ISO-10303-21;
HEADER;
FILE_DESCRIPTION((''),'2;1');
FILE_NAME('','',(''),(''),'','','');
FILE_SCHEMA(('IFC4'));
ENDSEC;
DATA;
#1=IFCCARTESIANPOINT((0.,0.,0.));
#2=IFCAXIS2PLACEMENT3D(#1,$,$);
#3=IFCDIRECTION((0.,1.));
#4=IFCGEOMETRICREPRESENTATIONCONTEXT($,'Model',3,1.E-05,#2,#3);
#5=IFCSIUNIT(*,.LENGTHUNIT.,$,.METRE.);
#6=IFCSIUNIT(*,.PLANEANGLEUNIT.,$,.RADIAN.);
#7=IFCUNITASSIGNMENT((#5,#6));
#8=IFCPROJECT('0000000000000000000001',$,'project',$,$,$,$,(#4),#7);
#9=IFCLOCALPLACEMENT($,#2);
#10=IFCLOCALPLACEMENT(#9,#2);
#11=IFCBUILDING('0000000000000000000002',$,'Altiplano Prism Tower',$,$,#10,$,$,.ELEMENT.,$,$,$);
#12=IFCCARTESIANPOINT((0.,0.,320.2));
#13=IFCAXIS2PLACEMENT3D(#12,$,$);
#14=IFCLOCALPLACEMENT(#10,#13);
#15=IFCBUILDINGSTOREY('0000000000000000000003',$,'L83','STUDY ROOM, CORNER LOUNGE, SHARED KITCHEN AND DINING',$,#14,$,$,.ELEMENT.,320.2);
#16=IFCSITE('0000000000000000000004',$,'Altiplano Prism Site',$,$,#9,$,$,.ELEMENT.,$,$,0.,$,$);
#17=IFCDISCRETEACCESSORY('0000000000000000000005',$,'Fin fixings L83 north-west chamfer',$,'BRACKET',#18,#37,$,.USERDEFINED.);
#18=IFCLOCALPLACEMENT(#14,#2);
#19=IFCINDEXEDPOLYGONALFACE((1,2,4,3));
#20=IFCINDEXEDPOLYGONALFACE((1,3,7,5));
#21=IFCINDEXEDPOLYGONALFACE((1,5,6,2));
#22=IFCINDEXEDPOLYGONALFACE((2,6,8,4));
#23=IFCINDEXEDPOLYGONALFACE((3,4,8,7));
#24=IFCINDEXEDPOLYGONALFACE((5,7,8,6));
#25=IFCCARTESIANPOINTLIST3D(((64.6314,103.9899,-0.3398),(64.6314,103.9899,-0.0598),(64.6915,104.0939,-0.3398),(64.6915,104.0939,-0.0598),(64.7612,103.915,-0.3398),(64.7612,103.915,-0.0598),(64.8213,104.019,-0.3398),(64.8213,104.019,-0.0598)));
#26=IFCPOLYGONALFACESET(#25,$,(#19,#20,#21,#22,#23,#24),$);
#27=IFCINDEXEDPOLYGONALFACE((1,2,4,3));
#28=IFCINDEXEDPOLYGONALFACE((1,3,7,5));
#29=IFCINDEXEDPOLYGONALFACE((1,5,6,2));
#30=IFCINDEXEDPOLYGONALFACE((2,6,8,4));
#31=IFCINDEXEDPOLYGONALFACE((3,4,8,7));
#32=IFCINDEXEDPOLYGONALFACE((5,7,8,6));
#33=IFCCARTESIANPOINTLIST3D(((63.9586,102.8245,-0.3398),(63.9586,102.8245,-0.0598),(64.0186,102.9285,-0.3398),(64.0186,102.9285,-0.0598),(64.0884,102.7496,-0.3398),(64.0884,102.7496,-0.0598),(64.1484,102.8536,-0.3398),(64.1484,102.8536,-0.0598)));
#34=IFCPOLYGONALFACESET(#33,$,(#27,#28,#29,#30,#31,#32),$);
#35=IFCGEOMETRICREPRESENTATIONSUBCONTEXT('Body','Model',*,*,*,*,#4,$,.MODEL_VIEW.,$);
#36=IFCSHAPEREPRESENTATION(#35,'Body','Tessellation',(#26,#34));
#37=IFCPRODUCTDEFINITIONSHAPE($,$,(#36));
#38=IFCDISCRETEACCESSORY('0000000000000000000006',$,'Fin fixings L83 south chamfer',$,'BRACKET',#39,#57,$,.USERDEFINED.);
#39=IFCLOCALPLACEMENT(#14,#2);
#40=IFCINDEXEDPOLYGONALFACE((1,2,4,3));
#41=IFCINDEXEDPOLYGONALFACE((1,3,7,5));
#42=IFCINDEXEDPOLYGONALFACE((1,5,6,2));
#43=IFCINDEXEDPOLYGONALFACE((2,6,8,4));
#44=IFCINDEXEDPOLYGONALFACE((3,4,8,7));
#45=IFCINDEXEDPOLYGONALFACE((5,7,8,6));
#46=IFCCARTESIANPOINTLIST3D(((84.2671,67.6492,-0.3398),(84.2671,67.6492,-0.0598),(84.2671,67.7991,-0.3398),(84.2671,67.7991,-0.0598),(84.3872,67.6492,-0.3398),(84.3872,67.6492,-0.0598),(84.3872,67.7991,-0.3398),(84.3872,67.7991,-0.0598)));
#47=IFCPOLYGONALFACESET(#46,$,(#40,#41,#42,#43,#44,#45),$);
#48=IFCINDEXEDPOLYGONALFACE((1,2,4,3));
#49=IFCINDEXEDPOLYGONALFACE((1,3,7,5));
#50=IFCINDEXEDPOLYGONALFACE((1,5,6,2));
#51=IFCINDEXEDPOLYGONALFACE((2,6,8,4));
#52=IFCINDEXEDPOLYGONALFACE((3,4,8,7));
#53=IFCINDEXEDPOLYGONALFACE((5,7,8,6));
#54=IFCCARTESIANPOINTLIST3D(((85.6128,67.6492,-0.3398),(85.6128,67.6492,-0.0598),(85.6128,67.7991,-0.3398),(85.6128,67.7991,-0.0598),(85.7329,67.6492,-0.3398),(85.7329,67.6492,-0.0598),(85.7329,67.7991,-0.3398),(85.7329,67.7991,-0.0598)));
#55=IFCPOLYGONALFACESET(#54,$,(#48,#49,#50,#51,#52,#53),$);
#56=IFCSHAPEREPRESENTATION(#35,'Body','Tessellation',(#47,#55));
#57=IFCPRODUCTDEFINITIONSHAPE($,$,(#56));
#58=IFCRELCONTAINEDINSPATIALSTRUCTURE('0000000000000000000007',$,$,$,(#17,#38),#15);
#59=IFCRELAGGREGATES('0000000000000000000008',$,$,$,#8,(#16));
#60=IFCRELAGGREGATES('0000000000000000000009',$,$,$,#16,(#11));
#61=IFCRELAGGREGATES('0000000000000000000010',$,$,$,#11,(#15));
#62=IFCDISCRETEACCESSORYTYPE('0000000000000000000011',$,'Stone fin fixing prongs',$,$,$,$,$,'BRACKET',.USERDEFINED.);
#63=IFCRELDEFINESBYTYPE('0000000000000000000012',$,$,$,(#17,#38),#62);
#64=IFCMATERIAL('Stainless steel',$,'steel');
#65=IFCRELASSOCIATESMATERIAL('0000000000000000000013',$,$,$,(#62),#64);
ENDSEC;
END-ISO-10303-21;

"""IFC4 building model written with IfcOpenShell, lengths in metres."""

from ifc_helpers import new_model, si_unit, direction, frame, origin, place, context, subcontext, project, spatial, polyline, outline, extrude, source, transform, mapped, material, type_object, element, save


model = new_model("IFC4")

# Units and contexts
model_context = context("Model", 3, precision=1e-05, world=origin(), true_north=direction((0.0, 1.0)))
body_context = subcontext(model_context, "Body", "Model", "MODEL_VIEW")
ifc_project = project(units=[si_unit("LENGTHUNIT", "METRE"), si_unit("PLANEANGLEUNIT", "RADIAN")], contexts=[model_context])

# Site, building, storey
site_placement = place(None, origin())
site = spatial("IfcSite", under=ifc_project, at=site_placement, Name="Altiplano Prism Site", CompositionType="ELEMENT", RefElevation=0.0)
building_placement = place(site_placement, origin())
building = spatial("IfcBuilding", under=site, at=building_placement, Name="Altiplano Prism Tower", CompositionType="ELEMENT")
storey_placement = place(building_placement, frame((0.0, 0.0, 320.2)))
storey = spatial("IfcBuildingStorey", under=building, at=storey_placement, Name="L83", Description="STUDY ROOM, CORNER LOUNGE, SHARED KITCHEN AND DINING", CompositionType="ELEMENT", Elevation=320.2)

# Discrete accessories
ifc_material_1 = material(Name="Stainless steel", Category="steel")
discrete_accessory_type = type_object("IfcDiscreteAccessoryType", Name="Stone fin fixing prongs", ElementType="BRACKET", PredefinedType="USERDEFINED", material=ifc_material_1)
shared_shape_1 = source(origin(), body_context, "Body", "SweptSolid", [
    extrude(outline(polyline([(-0.7329, 0.0601), (-0.6128, 0.0601), (-0.6128, 0.3401), (-0.7329, 0.3401), (-0.7329, 0.0601)])), frame((0.0, 0.0, 0.0), z_axis=(0.0, -1.0, 0.0), x_axis=(1.0, 0.0, 0.0)), (0.0, 0.0, 1.0), 0.1499),
    extrude(outline(polyline([(0.6128, 0.0601), (0.7329, 0.0601), (0.7329, 0.3401), (0.6128, 0.3401), (0.6128, 0.0601)])), frame((0.0, 0.0, 0.0), z_axis=(0.0, -1.0, 0.0), x_axis=(1.0, 0.0, 0.0)), (0.0, 0.0, 1.0), 0.1499),
])
discrete_accessory_1_placement = place(storey_placement, origin())
element("IfcDiscreteAccessory", 1, at=discrete_accessory_1_placement, inside=storey, type_object=discrete_accessory_type, Name="Fin fixings L83 north-west chamfer", ObjectType="BRACKET", PredefinedType="USERDEFINED", context=body_context, shape_type="MappedRepresentation", body=[
    mapped(shared_shape_1, transform((64.4548, 103.3843, -0.3999), x_axis=(-0.5, -0.866025, 0.0), y_axis=(0.866025, -0.5, 0.0), z_axis=(0.0, 0.0, 1.0))),
])
discrete_accessory_2_placement = place(storey_placement, origin())
element("IfcDiscreteAccessory", 2, at=discrete_accessory_2_placement, inside=storey, type_object=discrete_accessory_type, Name="Fin fixings L83 south chamfer", ObjectType="BRACKET", PredefinedType="USERDEFINED", context=body_context, shape_type="MappedRepresentation", body=[
    mapped(shared_shape_1, transform((85.0, 67.7991, -0.3999), x_axis=(1.0, 0.0, 0.0), y_axis=(0.0, 1.0, 0.0), z_axis=(0.0, 0.0, 1.0))),
])

save(model, "model.ifc")
